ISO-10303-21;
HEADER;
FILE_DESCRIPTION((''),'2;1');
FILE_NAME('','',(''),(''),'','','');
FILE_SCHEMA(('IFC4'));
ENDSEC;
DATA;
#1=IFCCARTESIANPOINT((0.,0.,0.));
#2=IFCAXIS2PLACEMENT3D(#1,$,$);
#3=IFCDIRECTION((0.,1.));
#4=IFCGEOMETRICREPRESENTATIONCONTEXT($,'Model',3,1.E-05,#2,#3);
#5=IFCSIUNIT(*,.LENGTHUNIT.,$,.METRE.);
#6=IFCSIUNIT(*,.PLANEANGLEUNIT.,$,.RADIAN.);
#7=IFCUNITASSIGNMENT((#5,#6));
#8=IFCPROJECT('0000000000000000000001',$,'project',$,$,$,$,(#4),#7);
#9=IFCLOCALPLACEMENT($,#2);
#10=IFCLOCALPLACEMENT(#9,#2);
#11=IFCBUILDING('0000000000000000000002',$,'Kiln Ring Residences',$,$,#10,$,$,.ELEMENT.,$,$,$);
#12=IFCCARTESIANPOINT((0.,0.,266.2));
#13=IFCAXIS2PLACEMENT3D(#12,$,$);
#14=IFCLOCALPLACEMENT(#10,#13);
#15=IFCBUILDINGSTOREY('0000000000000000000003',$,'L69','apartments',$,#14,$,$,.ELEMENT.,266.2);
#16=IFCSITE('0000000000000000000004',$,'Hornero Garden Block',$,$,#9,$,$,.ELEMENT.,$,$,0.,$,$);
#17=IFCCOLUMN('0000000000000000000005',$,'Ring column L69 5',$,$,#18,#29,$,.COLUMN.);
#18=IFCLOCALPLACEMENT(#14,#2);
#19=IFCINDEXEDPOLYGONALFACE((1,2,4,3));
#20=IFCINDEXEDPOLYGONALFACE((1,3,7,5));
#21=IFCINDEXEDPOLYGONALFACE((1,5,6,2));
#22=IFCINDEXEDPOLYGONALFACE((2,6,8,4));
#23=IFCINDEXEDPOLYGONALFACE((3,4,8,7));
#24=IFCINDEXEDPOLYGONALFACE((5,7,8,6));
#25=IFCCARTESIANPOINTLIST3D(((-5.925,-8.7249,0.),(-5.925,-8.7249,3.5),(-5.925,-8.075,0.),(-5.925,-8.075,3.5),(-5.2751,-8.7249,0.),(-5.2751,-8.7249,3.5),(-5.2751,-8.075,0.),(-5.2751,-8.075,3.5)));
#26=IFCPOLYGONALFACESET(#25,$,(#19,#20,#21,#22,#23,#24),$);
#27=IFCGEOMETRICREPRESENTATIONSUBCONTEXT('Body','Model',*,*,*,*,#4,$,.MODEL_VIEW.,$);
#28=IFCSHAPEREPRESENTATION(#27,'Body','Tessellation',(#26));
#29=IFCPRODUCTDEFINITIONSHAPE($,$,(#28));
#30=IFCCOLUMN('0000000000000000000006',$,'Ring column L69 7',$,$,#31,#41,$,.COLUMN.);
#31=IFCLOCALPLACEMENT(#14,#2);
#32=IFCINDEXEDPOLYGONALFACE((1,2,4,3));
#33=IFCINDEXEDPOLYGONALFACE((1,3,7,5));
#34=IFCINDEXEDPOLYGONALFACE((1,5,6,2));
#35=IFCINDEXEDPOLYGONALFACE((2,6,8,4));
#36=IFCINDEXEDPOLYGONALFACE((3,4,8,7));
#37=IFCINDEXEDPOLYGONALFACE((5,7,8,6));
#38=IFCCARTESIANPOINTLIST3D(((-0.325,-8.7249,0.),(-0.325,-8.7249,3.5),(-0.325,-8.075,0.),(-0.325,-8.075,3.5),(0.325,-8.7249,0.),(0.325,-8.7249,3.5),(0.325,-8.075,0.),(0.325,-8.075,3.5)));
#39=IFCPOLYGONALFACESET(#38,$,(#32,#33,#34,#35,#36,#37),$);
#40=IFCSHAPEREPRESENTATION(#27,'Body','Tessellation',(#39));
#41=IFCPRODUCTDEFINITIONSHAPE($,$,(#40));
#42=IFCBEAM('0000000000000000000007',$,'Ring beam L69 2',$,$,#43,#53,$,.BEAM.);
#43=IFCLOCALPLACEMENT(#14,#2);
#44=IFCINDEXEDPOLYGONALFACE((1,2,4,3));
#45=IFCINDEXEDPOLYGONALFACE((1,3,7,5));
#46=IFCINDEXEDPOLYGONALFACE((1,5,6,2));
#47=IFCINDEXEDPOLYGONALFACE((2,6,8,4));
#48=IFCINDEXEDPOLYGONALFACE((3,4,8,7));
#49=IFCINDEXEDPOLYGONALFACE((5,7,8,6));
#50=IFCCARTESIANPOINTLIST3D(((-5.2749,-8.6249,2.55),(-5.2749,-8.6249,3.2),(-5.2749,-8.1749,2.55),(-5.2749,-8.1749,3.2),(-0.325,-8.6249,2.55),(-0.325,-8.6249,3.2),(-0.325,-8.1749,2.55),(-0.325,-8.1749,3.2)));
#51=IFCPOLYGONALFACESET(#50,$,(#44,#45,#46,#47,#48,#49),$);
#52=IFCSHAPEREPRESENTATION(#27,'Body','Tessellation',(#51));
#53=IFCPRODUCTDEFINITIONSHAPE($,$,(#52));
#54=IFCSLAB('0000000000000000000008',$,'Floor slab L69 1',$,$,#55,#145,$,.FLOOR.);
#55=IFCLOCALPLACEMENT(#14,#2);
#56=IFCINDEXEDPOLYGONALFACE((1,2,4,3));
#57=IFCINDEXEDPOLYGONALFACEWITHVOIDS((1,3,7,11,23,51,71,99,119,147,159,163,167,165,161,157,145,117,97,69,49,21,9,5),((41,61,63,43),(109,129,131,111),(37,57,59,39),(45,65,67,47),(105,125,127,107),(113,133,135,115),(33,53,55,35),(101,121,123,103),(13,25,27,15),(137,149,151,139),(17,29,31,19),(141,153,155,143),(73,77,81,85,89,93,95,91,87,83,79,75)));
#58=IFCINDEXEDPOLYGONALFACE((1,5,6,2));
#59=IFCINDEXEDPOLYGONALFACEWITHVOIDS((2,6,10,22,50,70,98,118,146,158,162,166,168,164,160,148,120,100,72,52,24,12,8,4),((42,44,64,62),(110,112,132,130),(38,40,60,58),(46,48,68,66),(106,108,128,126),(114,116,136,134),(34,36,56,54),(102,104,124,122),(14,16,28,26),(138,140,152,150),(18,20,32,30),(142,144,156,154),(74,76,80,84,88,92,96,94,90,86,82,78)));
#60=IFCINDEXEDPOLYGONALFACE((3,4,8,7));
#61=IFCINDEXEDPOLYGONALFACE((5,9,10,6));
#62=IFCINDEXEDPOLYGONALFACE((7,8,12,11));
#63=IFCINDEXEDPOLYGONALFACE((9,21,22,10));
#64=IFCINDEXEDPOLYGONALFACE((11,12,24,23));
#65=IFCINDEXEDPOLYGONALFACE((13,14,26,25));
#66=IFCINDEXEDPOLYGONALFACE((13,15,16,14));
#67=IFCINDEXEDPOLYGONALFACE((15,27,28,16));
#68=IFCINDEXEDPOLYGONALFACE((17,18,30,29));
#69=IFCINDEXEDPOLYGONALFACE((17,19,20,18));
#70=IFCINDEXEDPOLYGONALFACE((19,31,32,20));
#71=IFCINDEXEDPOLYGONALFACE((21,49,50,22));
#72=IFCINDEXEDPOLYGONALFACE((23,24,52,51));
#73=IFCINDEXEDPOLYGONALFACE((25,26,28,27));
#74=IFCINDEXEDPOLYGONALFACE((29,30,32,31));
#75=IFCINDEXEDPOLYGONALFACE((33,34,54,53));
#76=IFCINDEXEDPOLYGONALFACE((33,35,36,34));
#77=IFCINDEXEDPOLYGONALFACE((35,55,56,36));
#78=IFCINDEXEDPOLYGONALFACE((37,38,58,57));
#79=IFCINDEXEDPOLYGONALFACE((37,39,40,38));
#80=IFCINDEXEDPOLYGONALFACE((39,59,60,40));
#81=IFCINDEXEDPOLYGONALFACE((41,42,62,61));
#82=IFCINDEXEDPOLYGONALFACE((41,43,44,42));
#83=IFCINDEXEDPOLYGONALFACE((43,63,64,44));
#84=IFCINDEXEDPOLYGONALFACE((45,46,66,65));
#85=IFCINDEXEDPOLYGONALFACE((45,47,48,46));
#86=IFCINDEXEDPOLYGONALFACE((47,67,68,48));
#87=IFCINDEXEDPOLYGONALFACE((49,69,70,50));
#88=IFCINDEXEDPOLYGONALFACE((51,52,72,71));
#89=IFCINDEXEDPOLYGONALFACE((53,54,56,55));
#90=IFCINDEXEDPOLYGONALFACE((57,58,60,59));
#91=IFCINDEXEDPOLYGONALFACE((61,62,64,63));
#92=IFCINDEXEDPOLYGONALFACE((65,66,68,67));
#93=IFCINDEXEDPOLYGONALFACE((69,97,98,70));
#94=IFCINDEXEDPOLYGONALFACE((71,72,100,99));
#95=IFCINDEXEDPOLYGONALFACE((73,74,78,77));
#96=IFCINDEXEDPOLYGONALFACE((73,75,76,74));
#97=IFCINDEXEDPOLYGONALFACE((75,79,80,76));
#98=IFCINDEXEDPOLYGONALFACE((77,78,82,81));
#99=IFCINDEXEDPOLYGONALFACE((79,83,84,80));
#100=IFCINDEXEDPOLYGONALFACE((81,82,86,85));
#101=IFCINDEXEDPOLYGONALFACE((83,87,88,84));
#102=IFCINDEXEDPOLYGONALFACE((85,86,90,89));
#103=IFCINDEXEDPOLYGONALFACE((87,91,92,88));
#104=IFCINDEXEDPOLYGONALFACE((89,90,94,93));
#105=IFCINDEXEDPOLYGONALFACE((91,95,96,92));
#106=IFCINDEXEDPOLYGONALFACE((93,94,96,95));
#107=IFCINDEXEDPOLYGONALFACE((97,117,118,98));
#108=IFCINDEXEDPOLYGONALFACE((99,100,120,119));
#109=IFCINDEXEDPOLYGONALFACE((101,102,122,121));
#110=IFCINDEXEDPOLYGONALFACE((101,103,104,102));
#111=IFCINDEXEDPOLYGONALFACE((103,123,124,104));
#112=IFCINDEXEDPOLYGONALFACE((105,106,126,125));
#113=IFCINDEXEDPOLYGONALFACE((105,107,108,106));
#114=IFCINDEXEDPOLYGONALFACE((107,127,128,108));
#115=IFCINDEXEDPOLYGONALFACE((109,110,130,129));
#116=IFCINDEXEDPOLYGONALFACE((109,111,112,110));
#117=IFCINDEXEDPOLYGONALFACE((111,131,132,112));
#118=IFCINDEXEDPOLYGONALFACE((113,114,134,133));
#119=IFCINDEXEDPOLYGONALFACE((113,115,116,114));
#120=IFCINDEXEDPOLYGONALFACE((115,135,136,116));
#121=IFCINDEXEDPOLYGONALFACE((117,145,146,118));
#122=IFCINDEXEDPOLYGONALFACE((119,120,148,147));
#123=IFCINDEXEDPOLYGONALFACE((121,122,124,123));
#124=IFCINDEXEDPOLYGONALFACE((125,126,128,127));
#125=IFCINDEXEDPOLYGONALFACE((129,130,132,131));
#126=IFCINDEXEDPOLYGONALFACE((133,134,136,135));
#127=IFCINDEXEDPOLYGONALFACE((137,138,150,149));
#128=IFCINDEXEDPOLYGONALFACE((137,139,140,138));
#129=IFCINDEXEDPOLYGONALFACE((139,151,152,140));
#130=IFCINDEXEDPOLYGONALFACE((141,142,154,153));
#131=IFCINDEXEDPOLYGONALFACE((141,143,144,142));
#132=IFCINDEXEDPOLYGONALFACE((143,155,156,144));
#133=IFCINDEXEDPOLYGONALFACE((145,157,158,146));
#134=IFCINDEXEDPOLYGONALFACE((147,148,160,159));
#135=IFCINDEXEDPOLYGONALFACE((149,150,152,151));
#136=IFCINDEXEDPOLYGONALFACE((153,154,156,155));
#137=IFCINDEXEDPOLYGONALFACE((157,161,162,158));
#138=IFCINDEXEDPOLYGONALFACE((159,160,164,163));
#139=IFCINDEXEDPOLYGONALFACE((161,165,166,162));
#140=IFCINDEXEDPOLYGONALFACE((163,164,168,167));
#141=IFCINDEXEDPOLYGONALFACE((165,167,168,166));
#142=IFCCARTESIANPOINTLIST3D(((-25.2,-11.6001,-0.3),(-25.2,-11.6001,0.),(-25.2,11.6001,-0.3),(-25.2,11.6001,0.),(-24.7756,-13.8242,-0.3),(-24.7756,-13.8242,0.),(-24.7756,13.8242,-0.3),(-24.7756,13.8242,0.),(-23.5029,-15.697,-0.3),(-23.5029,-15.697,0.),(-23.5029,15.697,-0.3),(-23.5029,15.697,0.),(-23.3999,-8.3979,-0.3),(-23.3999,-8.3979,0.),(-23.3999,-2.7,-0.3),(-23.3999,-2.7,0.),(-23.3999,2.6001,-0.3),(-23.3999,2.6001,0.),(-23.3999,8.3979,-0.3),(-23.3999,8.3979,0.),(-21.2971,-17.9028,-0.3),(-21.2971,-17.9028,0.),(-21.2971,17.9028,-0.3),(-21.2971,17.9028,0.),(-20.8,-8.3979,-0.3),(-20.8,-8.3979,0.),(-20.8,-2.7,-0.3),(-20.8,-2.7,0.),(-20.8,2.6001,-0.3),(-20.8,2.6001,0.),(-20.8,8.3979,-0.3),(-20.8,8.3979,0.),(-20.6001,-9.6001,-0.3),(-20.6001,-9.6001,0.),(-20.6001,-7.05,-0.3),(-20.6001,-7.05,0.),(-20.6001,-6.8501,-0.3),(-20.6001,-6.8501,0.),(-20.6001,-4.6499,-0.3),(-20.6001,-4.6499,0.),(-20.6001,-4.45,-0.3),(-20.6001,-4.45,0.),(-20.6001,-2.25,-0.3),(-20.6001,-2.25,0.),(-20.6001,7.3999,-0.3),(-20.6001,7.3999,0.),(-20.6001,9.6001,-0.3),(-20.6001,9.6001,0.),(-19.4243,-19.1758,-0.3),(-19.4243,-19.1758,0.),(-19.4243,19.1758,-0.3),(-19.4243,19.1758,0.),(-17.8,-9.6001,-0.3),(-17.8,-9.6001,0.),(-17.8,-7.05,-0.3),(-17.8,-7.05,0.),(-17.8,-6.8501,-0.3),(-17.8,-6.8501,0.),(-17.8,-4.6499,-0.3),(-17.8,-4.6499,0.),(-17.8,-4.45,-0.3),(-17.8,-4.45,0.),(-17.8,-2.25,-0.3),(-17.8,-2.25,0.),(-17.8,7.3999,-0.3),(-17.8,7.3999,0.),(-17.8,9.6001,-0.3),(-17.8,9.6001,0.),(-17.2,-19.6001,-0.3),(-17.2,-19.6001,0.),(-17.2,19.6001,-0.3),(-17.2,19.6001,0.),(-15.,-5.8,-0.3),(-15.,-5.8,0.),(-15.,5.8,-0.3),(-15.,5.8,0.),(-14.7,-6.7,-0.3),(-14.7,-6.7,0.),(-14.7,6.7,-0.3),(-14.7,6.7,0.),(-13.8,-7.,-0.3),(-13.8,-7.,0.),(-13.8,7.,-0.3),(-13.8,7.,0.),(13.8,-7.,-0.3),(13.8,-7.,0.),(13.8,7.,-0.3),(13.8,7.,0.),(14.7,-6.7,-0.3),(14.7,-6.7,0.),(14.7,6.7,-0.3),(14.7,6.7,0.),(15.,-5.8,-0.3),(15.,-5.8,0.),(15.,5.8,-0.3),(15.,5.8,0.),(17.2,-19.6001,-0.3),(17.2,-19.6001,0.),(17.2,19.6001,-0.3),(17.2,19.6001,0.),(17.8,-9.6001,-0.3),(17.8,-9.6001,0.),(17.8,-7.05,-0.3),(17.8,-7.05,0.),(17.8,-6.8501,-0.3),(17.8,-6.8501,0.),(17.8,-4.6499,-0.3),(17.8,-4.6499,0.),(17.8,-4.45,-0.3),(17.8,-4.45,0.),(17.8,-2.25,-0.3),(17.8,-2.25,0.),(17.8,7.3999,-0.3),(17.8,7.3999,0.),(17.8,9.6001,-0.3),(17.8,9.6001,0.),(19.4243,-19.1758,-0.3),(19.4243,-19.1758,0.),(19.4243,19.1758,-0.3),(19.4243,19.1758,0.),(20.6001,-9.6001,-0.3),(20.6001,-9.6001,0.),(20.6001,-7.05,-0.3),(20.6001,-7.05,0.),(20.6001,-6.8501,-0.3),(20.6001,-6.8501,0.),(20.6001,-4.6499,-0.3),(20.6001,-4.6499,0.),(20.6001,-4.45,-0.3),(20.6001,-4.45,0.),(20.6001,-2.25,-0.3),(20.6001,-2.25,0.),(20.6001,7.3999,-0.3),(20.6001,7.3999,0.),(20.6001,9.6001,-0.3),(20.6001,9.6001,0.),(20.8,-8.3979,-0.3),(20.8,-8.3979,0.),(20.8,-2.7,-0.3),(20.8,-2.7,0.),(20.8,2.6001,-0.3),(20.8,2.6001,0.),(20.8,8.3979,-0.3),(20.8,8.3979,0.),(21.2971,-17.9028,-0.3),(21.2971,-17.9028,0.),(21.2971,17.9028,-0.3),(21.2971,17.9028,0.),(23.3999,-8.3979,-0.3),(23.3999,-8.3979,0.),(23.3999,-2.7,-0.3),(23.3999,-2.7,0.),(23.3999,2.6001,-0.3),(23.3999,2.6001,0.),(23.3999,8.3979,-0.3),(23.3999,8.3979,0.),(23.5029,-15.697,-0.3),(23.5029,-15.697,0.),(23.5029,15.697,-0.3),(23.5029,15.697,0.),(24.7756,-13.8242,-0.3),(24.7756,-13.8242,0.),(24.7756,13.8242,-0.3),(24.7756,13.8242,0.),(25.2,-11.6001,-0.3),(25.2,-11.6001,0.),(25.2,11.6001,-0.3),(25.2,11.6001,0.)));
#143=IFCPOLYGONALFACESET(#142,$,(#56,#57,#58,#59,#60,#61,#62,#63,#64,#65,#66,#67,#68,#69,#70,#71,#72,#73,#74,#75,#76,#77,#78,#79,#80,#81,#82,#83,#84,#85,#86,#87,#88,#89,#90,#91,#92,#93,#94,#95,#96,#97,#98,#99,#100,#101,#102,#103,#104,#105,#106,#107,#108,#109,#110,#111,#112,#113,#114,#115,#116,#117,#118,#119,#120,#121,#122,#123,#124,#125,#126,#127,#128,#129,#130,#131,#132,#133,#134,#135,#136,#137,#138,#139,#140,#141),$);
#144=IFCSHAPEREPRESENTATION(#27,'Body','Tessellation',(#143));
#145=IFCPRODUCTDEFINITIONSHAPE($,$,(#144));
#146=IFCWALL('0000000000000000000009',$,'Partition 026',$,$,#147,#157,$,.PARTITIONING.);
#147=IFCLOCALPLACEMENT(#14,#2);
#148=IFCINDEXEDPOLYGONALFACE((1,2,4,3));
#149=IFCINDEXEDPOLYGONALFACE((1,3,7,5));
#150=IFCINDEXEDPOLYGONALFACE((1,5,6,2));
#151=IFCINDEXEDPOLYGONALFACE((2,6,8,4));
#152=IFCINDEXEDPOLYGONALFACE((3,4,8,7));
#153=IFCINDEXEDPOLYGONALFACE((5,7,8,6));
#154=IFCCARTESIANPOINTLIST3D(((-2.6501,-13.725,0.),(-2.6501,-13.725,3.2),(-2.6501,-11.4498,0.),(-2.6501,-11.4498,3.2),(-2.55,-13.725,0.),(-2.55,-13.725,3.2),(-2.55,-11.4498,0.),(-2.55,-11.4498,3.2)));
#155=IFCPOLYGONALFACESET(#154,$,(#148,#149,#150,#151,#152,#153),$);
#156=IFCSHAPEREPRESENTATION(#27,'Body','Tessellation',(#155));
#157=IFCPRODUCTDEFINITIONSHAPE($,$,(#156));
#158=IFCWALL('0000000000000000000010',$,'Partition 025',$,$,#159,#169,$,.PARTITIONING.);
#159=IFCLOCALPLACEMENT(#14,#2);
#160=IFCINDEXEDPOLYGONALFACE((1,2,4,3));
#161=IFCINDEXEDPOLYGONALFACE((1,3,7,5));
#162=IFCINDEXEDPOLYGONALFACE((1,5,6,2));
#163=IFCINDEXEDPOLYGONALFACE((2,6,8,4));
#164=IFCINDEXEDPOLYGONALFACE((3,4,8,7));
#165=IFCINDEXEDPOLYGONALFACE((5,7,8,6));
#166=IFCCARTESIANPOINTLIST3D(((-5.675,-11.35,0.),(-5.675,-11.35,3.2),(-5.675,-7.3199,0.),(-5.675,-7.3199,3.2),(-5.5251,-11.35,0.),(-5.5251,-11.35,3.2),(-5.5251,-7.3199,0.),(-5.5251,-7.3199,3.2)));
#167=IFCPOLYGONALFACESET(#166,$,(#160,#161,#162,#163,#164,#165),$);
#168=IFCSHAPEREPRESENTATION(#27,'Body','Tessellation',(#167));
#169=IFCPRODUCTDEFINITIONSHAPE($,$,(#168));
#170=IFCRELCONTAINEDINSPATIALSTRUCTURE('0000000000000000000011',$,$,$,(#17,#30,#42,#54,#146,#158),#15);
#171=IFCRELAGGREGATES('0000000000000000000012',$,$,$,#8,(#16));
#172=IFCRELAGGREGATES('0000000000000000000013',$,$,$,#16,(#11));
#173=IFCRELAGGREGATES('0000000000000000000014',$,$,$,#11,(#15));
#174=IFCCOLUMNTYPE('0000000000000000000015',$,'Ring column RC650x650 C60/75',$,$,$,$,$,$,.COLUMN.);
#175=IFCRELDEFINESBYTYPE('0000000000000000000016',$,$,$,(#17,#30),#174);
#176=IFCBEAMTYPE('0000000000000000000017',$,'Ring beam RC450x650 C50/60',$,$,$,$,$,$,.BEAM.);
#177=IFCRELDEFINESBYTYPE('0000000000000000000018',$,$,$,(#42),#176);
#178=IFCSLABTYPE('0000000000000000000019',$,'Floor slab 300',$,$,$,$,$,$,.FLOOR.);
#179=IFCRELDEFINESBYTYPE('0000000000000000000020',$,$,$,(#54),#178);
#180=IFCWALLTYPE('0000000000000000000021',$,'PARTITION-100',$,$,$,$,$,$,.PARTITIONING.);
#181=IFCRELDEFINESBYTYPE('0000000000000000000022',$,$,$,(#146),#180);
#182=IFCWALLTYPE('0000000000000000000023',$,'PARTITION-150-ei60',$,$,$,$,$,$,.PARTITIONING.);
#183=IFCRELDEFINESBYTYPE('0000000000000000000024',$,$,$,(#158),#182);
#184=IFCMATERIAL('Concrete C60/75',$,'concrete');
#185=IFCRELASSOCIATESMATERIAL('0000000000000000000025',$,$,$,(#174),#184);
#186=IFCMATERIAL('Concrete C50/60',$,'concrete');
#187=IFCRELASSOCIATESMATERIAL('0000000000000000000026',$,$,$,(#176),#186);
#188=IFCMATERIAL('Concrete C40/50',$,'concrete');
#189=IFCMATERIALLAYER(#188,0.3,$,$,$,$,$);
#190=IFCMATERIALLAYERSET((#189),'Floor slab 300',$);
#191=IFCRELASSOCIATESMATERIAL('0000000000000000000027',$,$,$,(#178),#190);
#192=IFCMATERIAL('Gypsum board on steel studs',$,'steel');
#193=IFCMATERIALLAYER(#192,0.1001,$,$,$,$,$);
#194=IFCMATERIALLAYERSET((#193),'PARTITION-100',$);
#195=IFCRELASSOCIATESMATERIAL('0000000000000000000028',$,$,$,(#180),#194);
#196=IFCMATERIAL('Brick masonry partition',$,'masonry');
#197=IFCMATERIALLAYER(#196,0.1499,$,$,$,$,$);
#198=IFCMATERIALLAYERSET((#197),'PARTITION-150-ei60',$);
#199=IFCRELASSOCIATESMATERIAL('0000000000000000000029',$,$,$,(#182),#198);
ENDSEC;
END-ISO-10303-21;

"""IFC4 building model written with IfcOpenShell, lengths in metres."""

from ifc_helpers import new_model, si_unit, direction, frame, frame_2d, origin, origin_2d, place, context, subcontext, project, spatial, polyline, rectangle, outline, extrude, material, layer, layer_set, material_profile, profile_set, type_object, element, save


model = new_model("IFC4")

# Units and contexts
model_context = context("Model", 3, precision=1e-05, world=origin(), true_north=direction((0.0, 1.0)))
body_context = subcontext(model_context, "Body", "Model", "MODEL_VIEW")
ifc_project = project(units=[si_unit("LENGTHUNIT", "METRE"), si_unit("PLANEANGLEUNIT", "RADIAN")], contexts=[model_context])

# Site, building, storey
site_placement = place(None, origin())
site = spatial("IfcSite", under=ifc_project, at=site_placement, Name="Hornero Garden Block", CompositionType="ELEMENT", RefElevation=0.0)
building_placement = place(site_placement, origin())
building = spatial("IfcBuilding", under=site, at=building_placement, Name="Kiln Ring Residences", CompositionType="ELEMENT")
storey_placement = place(building_placement, frame((0.0, 0.0, 266.2)))
storey = spatial("IfcBuildingStorey", under=building, at=storey_placement, Name="L69", Description="apartments", CompositionType="ELEMENT", Elevation=266.2)

# Columns
ifc_material_1 = material(Name="Concrete C60/75", Category="concrete")
ifc_material_profile_1 = material_profile(ifc_material_1, rectangle(XDim=0.6499, YDim=0.6499, at=origin_2d()), Name="RC650x650")
ifc_profile_set_1 = profile_set([ifc_material_profile_1], Name="Concrete C60/75")
column_type = type_object("IfcColumnType", Name="Ring column RC650x650 C60/75", PredefinedType="COLUMN", material=ifc_profile_set_1)
for number, where, z_axis, x_axis, name in (
    (1, (-5.6001, -8.3999, 0.0), (0.0, 0.0, 1.0), (1.0, 0.0, 0.0), "Ring column L69 5"),
    (2, (0.0, -8.3999, 0.0), (0.0, 0.0, 1.0), (1.0, 0.0, 0.0), "Ring column L69 7"),
):
    element("IfcColumn", number, at=place(storey_placement, frame(where, z_axis=z_axis, x_axis=x_axis)), inside=storey, type_object=column_type, Name=name, PredefinedType="COLUMN", context=body_context, shape_type="SweptSolid", body=[
        extrude(rectangle(XDim=0.6499, YDim=0.6499, at=origin_2d()), origin(), (0.0, 0.0, 1.0), 3.5),
    ])

# Beam
ifc_material_2 = material(Name="Concrete C50/60", Category="concrete")
ifc_material_profile_2 = material_profile(ifc_material_2, rectangle(XDim=0.45, YDim=0.6499, at=origin_2d()), Name="RC450x650")
ifc_profile_set_2 = profile_set([ifc_material_profile_2], Name="Concrete C50/60")
beam_type = type_object("IfcBeamType", Name="Ring beam RC450x650 C50/60", PredefinedType="BEAM", material=ifc_profile_set_2)
beam_placement = place(storey_placement, frame((-5.2749, -8.3999, 2.875), z_axis=(1.0, 0.0, 0.0), x_axis=(0.0, 1.0, 0.0)))
element("IfcBeam", 3, at=beam_placement, inside=storey, type_object=beam_type, Name="Ring beam L69 2", PredefinedType="BEAM", context=body_context, shape_type="SweptSolid", body=[
    extrude(rectangle(XDim=0.45, YDim=0.6499, at=origin_2d()), origin(), (0.0, 0.0, 1.0), 4.95),
])

# Slab
ifc_material_3 = material(Name="Concrete C40/50", Category="concrete")
ifc_layer_1 = layer(ifc_material_3, 0.3)
ifc_layer_set_1 = layer_set([ifc_layer_1], Name="Floor slab 300")
slab_type = type_object("IfcSlabType", Name="Floor slab 300", PredefinedType="FLOOR", material=ifc_layer_set_1)
slab_placement = place(storey_placement, frame((0.0, 0.0, -0.3)))
element("IfcSlab", 4, at=slab_placement, inside=storey, type_object=slab_type, Name="Floor slab L69 1", PredefinedType="FLOOR", context=body_context, shape_type="SweptSolid", body=[
    extrude(outline(polyline([(-23.5029, -15.697), (-21.2971, -17.9028), (-19.4243, -19.1758), (-17.2, -19.6001), (17.2, -19.6001), (19.4243, -19.1758), (21.2971, -17.9028), (23.5029, -15.697), (24.7756, -13.8242), (25.2, -11.6001), (25.2, 11.6001), (24.7756, 13.8242), (23.5029, 15.697), (21.2971, 17.9028), (19.4243, 19.1758), (17.2, 19.6001), (-17.2, 19.6001), (-19.4243, 19.1758), (-21.2971, 17.9028), (-23.5029, 15.697), (-24.7756, 13.8242), (-25.2, 11.6001), (-25.2, -11.6001), (-24.7756, -13.8242), (-23.5029, -15.697)]), holes=[polyline([(-14.7, -6.7), (-15.0, -5.8), (-15.0, 5.8), (-14.7, 6.7), (-13.8, 7.0), (13.8, 7.0), (14.7, 6.7), (15.0, 5.8), (15.0, -5.8), (14.7, -6.7), (13.8, -7.0), (-13.8, -7.0), (-14.7, -6.7)]), polyline([(20.8, -8.3979), (20.8, -2.7), (23.3999, -2.7), (23.3999, -8.3979), (20.8, -8.3979)]), polyline([(20.8, 2.6001), (20.8, 8.3979), (23.3999, 8.3979), (23.3999, 2.6001), (20.8, 2.6001)]), polyline([(17.8, -6.8501), (17.8, -4.6499), (20.6001, -4.6499), (20.6001, -6.8501), (17.8, -6.8501)]), polyline([(17.8, 7.3999), (17.8, 9.6001), (20.6001, 9.6001), (20.6001, 7.3999), (17.8, 7.3999)]), polyline([(20.6001, -9.6001), (17.8, -9.6001), (17.8, -7.05), (20.6001, -7.05), (20.6001, -9.6001)]), polyline([(20.6001, -4.45), (17.8, -4.45), (17.8, -2.25), (20.6001, -2.25), (20.6001, -4.45)]), polyline([(-17.8, -7.05), (-17.8, -9.6001), (-20.6001, -9.6001), (-20.6001, -7.05), (-17.8, -7.05)]), polyline([(-17.8, -6.8501), (-20.6001, -6.8501), (-20.6001, -4.6499), (-17.8, -4.6499), (-17.8, -6.8501)]), polyline([(-17.8, -2.25), (-17.8, -4.45), (-20.6001, -4.45), (-20.6001, -2.25), (-17.8, -2.25)]), polyline([(-17.8, 7.3999), (-20.6001, 7.3999), (-20.6001, 9.6001), (-17.8, 9.6001), (-17.8, 7.3999)]), polyline([(-20.8, -8.3979), (-23.3999, -8.3979), (-23.3999, -2.7), (-20.8, -2.7), (-20.8, -8.3979)]), polyline([(-20.8, 2.6001), (-23.3999, 2.6001), (-23.3999, 8.3979), (-20.8, 8.3979), (-20.8, 2.6001)])]), origin(), (0.0, 0.0, 1.0), 0.3),
])

# Walls
ifc_material_4 = material(Name="Gypsum board on steel studs", Category="steel")
ifc_layer_2 = layer(ifc_material_4, 0.1001)
ifc_layer_set_2 = layer_set([ifc_layer_2], Name="PARTITION-100")
wall_type_1 = type_object("IfcWallType", Name="PARTITION-100", PredefinedType="PARTITIONING", material=ifc_layer_set_2)
wall_1_placement = place(storey_placement, frame((-2.6001, -13.7251, 0.0), z_axis=(0.0, 0.0, 1.0), x_axis=(0.0, 1.0, 0.0)))
element("IfcWall", 5, at=wall_1_placement, inside=storey, type_object=wall_type_1, Name="Partition 026", PredefinedType="PARTITIONING", context=body_context, shape_type="SweptSolid", body=[
    extrude(rectangle(XDim=2.2751, YDim=0.1001, at=frame_2d((1.1377, 0.0))), origin(), (0.0, 0.0, 1.0), 3.2),
])
ifc_material_5 = material(Name="Brick masonry partition", Category="masonry")
ifc_layer_3 = layer(ifc_material_5, 0.1499)
ifc_layer_set_3 = layer_set([ifc_layer_3], Name="PARTITION-150-ei60")
wall_type_2 = type_object("IfcWallType", Name="PARTITION-150-ei60", PredefinedType="PARTITIONING", material=ifc_layer_set_3)
wall_2_placement = place(storey_placement, frame((-5.6001, -11.3501, 0.0), z_axis=(0.0, 0.0, 1.0), x_axis=(0.0, 1.0, 0.0)))
element("IfcWall", 6, at=wall_2_placement, inside=storey, type_object=wall_type_2, Name="Partition 025", PredefinedType="PARTITIONING", context=body_context, shape_type="SweptSolid", body=[
    extrude(rectangle(XDim=4.03, YDim=0.1499, at=frame_2d((2.0151, 0.0))), origin(), (0.0, 0.0, 1.0), 3.2),
])

save(model, "model.ifc")
